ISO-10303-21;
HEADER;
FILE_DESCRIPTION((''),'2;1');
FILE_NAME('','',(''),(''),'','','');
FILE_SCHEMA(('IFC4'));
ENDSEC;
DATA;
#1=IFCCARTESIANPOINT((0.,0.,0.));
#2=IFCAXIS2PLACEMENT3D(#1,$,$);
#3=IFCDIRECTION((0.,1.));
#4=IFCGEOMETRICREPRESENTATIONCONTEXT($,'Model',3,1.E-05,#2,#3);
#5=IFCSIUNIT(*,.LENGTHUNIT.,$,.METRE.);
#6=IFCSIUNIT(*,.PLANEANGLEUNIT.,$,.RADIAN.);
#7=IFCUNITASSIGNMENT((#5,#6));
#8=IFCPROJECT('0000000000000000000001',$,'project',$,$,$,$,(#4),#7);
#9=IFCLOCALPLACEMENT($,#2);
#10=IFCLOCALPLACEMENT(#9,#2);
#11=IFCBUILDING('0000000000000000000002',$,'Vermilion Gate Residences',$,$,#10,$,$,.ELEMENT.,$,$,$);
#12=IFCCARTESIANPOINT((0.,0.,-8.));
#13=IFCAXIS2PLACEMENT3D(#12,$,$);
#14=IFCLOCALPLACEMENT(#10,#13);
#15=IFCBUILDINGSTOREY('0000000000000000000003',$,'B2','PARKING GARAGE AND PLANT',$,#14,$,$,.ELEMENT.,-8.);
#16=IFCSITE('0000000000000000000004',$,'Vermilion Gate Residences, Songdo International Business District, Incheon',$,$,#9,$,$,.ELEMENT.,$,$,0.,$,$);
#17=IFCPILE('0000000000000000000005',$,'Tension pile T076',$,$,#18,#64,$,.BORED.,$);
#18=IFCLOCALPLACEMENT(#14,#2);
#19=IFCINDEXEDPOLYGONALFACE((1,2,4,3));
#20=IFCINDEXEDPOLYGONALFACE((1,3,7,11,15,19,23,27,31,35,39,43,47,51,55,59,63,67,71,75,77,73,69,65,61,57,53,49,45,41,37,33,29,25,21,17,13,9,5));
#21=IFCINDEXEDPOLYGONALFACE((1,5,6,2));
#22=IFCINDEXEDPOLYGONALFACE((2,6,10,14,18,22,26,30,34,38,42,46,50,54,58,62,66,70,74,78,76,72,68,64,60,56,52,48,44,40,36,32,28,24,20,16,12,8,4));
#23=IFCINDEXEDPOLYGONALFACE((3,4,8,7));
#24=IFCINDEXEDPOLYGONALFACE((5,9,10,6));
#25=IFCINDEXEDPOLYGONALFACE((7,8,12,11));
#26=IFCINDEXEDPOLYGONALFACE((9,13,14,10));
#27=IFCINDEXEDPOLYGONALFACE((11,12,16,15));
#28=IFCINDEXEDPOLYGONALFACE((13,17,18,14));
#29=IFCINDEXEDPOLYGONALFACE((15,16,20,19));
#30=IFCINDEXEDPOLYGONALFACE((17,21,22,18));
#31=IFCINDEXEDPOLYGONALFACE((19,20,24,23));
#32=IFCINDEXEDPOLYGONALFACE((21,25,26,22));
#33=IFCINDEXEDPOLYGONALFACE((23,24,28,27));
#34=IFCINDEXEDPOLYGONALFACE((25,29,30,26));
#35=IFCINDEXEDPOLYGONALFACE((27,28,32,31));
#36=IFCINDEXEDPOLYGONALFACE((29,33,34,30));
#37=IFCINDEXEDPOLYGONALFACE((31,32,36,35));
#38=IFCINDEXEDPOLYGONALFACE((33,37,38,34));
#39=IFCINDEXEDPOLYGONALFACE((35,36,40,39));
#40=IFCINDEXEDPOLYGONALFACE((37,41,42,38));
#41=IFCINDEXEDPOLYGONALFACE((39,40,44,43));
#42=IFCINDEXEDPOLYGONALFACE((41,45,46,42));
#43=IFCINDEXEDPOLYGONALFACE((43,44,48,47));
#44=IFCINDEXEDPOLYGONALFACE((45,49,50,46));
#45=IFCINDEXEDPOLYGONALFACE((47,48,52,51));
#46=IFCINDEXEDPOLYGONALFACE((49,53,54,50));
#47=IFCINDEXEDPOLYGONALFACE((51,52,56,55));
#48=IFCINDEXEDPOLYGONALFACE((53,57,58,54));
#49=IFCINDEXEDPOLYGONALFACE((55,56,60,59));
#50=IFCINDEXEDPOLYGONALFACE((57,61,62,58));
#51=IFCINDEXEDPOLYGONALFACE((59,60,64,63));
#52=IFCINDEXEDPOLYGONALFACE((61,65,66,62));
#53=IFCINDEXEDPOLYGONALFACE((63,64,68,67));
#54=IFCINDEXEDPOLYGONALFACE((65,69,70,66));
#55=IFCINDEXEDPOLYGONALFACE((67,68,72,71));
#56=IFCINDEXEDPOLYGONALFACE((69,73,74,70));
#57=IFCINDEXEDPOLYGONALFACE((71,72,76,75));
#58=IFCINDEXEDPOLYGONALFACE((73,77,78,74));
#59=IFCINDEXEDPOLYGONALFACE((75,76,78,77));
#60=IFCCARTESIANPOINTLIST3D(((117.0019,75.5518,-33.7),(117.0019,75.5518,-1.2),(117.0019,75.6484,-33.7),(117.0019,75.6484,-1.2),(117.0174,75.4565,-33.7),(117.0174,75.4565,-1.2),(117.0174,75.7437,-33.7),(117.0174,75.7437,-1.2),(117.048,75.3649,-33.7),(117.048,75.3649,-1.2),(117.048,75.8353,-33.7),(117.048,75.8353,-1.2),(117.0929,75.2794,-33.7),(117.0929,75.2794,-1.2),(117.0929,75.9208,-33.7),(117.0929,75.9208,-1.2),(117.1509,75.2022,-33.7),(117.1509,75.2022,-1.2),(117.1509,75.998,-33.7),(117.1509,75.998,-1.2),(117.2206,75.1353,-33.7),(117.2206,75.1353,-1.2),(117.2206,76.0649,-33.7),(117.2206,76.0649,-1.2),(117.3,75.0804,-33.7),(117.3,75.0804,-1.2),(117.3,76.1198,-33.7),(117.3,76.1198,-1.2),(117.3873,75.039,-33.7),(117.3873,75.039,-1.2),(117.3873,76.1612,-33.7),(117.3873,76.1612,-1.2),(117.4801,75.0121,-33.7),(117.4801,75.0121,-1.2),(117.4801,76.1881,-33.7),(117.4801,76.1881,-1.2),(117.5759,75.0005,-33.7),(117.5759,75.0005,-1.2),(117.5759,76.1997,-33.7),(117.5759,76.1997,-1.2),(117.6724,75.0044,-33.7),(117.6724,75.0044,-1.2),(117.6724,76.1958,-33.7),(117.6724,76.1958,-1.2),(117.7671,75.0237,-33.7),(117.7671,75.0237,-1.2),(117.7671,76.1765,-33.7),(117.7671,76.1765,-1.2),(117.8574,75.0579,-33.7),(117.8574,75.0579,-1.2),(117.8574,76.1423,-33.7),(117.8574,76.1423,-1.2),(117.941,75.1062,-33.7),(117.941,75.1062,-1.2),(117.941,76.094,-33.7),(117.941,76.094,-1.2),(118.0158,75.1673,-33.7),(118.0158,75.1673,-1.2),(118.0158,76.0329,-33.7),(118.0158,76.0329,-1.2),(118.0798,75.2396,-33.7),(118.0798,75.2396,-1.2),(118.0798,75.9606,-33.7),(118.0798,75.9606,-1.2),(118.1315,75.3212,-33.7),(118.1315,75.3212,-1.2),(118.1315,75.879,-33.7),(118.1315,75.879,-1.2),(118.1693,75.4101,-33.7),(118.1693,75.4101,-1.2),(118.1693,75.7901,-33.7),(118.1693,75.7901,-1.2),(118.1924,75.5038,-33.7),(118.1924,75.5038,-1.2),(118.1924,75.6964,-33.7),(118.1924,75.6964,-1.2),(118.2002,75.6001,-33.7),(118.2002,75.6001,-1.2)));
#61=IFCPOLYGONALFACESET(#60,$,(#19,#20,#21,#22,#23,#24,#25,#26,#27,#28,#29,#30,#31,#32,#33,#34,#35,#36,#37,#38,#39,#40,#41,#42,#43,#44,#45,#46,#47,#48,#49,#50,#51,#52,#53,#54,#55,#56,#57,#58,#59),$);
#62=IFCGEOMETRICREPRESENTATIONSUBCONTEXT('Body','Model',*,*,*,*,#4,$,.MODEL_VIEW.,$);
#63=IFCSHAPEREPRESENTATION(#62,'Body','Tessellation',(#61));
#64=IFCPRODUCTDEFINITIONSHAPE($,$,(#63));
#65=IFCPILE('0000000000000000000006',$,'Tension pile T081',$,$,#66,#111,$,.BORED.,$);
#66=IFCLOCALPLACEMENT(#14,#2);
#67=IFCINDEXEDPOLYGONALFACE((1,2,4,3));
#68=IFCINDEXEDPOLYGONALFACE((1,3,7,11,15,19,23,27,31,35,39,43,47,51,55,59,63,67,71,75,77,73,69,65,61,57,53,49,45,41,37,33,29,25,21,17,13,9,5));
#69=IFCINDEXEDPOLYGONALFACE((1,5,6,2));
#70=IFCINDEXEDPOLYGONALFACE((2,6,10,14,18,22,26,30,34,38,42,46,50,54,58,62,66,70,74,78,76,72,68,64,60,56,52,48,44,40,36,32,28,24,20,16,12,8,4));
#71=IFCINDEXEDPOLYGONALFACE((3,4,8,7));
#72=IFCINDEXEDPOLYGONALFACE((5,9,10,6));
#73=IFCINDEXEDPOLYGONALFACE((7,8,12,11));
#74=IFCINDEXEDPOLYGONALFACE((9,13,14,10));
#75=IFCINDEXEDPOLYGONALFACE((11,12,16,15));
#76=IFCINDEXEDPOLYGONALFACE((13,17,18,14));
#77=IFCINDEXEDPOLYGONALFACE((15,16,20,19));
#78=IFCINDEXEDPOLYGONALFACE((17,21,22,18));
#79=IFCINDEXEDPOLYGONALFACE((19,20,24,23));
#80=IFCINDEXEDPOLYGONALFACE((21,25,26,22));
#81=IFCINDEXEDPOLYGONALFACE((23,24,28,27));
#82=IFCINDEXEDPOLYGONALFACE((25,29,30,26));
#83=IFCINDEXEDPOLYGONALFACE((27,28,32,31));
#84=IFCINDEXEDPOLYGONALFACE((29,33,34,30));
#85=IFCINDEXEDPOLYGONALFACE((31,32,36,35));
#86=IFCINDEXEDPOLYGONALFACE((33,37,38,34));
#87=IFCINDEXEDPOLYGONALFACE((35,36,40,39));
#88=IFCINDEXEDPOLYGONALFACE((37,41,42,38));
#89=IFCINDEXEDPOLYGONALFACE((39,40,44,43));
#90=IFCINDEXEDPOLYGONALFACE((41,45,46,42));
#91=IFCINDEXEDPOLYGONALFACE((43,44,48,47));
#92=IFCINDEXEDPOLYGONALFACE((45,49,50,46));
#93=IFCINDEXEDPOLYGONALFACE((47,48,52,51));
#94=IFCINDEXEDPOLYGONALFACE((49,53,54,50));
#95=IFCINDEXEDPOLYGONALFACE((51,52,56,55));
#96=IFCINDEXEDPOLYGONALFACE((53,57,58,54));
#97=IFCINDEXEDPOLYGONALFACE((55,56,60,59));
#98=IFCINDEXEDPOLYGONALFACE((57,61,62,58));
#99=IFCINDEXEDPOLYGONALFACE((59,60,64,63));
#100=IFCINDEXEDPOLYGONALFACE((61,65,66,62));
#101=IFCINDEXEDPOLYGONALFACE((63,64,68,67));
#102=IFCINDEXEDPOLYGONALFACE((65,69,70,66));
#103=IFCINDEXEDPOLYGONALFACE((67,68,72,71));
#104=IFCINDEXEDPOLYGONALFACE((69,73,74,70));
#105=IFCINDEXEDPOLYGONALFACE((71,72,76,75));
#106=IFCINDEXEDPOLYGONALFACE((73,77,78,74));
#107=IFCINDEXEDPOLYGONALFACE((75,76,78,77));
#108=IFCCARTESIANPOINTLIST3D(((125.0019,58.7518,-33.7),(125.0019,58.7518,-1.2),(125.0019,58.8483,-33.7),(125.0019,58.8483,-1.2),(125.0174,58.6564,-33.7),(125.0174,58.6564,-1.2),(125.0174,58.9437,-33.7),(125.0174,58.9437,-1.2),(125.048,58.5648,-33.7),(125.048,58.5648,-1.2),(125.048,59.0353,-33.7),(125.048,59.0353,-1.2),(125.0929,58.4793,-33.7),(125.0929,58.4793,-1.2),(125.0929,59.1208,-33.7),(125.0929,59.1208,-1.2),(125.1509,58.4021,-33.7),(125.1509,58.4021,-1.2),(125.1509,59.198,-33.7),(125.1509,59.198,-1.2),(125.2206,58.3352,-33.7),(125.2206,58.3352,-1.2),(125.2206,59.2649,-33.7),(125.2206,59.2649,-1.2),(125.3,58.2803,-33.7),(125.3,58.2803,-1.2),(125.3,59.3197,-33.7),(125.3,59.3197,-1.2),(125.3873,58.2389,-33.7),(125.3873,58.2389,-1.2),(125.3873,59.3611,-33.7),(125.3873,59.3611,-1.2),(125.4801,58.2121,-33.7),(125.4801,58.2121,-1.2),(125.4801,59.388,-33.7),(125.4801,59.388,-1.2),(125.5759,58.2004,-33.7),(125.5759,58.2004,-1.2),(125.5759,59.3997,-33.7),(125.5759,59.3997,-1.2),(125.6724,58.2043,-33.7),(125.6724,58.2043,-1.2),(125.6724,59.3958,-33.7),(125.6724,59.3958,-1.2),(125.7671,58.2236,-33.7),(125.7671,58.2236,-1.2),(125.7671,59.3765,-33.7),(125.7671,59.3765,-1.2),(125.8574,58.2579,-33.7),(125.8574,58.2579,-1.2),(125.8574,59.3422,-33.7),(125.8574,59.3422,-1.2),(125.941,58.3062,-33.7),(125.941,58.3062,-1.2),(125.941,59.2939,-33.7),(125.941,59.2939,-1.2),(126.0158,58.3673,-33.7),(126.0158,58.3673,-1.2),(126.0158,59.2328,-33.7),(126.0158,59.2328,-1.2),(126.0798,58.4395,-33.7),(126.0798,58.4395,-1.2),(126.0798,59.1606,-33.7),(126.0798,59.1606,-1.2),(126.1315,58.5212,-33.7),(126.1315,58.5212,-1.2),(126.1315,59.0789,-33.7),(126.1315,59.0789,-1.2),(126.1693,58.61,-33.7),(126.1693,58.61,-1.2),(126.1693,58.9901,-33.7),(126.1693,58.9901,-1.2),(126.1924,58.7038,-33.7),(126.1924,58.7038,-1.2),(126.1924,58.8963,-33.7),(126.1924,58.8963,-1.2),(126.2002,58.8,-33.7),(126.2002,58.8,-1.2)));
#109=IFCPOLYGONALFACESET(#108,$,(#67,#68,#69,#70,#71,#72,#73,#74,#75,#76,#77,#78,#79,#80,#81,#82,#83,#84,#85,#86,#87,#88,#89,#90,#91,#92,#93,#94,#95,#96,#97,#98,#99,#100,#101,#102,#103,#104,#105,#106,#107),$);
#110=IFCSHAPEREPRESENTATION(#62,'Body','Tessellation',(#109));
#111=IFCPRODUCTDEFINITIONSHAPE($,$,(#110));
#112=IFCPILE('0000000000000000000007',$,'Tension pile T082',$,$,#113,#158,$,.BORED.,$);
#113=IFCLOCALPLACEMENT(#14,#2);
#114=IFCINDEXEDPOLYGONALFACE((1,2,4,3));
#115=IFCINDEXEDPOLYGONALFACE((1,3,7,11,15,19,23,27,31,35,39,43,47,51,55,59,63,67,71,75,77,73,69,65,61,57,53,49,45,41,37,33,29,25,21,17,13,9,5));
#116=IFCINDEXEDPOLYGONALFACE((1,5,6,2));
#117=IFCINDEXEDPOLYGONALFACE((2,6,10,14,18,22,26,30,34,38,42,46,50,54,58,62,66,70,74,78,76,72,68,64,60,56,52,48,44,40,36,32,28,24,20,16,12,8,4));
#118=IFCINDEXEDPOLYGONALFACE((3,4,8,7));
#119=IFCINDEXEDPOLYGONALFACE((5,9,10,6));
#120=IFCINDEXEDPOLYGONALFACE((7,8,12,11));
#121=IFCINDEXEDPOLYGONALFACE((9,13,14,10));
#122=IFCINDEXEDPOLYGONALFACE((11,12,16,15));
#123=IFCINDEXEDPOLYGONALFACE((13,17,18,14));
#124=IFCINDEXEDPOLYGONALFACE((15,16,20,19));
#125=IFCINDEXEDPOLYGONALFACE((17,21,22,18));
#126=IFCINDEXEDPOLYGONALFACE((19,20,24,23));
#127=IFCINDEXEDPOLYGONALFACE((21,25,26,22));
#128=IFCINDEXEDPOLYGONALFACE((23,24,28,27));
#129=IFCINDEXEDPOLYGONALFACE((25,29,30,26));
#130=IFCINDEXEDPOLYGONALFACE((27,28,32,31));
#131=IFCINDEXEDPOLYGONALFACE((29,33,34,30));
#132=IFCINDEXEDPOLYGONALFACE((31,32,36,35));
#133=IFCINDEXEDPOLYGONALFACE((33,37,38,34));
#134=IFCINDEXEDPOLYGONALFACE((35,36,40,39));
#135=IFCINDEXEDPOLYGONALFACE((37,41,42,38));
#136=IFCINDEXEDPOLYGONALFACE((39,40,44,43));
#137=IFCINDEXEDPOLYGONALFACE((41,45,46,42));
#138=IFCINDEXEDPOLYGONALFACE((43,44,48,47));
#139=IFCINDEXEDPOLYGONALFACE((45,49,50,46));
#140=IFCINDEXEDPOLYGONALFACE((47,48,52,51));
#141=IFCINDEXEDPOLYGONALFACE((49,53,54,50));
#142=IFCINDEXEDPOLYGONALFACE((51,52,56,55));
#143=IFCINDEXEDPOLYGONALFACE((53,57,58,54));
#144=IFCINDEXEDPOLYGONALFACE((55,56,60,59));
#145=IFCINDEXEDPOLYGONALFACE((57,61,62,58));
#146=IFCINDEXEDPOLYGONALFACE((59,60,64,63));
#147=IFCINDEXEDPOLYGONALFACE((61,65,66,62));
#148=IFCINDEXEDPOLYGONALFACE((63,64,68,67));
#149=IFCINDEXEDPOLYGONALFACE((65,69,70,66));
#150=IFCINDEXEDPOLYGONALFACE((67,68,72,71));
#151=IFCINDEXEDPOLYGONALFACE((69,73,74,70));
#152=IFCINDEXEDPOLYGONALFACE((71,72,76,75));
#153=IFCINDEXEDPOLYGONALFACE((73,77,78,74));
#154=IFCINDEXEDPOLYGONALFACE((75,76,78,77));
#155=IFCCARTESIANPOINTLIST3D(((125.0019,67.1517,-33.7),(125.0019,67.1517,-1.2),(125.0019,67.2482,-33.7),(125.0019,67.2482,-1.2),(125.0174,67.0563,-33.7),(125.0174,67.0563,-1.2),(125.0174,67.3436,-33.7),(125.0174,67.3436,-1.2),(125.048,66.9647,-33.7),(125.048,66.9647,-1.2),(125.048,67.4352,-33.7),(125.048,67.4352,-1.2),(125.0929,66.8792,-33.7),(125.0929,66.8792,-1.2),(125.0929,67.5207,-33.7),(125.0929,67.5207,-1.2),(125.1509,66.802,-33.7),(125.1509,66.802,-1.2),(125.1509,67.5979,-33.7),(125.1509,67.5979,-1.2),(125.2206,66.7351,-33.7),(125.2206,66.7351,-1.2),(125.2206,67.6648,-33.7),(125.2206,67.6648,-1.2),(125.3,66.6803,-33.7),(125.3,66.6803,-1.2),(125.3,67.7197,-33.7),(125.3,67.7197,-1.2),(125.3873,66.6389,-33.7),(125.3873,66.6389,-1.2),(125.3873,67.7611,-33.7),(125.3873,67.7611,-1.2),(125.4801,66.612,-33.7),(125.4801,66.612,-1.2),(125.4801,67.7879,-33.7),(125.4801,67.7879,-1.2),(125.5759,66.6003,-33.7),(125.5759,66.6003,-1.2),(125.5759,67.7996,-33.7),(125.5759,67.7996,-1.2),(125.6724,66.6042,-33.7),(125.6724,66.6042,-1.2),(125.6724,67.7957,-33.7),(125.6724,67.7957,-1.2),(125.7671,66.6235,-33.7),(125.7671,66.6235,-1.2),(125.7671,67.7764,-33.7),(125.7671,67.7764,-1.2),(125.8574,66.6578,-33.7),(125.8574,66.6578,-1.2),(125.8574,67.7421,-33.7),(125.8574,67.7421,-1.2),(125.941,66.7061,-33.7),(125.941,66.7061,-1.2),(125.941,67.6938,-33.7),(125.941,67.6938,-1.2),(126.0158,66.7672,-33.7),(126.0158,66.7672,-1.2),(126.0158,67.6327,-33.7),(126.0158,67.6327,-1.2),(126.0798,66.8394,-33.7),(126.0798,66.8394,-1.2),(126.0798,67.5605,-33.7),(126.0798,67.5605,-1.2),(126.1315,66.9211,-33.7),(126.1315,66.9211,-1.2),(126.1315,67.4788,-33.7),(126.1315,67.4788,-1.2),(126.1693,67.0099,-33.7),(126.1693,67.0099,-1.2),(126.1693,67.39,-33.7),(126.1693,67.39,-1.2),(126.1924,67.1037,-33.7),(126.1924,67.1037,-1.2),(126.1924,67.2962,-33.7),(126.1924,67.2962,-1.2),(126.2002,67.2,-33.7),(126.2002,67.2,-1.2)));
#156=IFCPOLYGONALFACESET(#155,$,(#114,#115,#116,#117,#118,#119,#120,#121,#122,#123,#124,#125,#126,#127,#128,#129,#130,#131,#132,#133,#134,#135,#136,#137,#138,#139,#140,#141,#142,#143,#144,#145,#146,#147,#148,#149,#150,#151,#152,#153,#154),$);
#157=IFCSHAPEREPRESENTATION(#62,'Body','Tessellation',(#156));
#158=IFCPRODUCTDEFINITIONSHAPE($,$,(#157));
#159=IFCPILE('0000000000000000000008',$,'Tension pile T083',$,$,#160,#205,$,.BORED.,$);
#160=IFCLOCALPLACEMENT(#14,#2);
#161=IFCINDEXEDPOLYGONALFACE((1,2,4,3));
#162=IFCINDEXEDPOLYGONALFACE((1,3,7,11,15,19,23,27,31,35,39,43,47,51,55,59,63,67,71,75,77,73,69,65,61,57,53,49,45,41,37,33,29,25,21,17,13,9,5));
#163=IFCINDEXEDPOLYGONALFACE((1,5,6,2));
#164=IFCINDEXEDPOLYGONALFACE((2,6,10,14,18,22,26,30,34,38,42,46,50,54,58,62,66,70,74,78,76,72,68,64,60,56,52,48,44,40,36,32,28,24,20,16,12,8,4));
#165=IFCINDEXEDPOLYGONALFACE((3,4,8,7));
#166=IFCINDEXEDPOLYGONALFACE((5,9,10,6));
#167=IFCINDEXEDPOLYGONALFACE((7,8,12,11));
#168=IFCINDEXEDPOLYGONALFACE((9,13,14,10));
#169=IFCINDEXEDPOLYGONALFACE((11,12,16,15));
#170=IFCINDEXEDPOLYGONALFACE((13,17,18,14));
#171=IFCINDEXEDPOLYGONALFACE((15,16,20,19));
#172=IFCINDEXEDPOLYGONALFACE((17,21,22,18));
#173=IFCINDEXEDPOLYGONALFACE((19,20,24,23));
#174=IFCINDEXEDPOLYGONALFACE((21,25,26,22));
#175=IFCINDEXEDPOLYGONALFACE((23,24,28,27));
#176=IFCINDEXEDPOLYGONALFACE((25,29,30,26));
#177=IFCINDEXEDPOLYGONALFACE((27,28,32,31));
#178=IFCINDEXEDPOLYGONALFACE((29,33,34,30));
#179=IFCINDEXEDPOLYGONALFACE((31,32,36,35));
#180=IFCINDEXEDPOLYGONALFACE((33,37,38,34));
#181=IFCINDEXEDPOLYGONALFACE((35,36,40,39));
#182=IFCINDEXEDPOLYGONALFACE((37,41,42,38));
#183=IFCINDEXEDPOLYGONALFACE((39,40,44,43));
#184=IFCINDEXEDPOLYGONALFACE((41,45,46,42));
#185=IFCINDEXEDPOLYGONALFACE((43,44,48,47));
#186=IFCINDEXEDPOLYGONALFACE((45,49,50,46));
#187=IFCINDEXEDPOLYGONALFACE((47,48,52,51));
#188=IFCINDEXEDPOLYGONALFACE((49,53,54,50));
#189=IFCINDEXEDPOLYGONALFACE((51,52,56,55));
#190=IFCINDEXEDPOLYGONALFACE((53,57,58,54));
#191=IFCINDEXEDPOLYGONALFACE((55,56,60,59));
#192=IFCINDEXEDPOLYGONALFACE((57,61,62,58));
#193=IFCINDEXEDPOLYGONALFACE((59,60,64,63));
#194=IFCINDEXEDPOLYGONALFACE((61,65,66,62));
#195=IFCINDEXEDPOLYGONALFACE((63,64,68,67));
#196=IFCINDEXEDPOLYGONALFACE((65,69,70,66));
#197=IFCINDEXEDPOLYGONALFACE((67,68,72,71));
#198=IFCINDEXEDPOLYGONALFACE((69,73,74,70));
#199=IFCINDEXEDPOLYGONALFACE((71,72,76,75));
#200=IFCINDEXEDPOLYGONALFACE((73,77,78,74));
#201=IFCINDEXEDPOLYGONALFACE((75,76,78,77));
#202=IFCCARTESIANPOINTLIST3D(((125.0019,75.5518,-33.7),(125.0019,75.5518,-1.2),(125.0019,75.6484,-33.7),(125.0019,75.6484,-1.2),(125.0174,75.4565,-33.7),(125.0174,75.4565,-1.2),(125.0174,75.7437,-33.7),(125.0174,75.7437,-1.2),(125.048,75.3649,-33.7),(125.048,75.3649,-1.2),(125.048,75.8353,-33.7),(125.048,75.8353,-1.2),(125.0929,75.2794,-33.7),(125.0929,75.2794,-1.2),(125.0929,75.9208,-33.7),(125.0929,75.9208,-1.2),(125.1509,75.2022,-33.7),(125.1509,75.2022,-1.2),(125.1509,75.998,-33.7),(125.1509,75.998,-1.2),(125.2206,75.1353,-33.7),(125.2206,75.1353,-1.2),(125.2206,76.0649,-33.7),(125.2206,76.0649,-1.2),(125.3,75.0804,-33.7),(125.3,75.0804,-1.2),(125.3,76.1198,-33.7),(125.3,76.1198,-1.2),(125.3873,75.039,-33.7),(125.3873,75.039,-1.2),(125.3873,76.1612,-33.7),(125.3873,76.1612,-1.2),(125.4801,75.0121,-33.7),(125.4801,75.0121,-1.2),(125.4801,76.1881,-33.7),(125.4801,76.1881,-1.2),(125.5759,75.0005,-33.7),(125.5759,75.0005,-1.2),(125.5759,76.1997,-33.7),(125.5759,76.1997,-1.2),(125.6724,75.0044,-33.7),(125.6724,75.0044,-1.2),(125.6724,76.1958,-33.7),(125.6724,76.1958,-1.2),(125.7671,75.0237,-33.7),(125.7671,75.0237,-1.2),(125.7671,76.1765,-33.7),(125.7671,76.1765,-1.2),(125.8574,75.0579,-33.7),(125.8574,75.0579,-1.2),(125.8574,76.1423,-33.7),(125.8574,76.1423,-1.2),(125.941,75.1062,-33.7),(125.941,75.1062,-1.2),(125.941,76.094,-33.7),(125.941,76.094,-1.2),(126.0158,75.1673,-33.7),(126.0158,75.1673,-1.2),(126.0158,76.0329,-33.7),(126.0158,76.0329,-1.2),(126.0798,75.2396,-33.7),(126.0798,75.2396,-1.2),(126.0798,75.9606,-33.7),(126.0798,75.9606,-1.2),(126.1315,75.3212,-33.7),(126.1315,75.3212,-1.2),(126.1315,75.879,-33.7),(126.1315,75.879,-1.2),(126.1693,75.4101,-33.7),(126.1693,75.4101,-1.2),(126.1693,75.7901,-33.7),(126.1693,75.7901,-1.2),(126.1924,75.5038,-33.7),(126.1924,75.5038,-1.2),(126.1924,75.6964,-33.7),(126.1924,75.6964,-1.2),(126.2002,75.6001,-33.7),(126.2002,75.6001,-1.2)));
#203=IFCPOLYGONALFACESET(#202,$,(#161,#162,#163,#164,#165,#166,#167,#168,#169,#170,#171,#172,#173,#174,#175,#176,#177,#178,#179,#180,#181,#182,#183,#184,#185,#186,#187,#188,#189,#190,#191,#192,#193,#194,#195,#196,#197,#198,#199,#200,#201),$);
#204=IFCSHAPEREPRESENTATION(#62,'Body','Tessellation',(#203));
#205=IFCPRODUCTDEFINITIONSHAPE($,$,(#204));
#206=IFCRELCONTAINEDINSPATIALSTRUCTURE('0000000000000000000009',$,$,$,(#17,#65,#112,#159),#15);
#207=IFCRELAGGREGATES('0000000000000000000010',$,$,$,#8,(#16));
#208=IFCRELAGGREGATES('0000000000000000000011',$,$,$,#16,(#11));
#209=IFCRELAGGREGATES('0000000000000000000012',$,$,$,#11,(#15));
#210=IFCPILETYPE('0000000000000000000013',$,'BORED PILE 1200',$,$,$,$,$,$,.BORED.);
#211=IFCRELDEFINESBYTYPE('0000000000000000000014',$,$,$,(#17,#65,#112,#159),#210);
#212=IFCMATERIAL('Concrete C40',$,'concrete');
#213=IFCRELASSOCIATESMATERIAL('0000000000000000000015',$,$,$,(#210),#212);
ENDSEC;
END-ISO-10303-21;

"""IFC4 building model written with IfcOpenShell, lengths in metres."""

from ifc_helpers import new_model, si_unit, direction, frame, origin, origin_2d, place, context, subcontext, project, spatial, circle, extrude, material, material_profile, profile_set, type_object, element, save


model = new_model("IFC4")

# Units and contexts
model_context = context("Model", 3, precision=1e-05, world=origin(), true_north=direction((0.0, 1.0)))
body_context = subcontext(model_context, "Body", "Model", "MODEL_VIEW")
ifc_project = project(units=[si_unit("LENGTHUNIT", "METRE"), si_unit("PLANEANGLEUNIT", "RADIAN")], contexts=[model_context])

# Site, building, storey
site_placement = place(None, origin())
site = spatial("IfcSite", under=ifc_project, at=site_placement, Name="Vermilion Gate Residences, Songdo International Business District, Incheon", CompositionType="ELEMENT", RefElevation=0.0)
building_placement = place(site_placement, origin())
building = spatial("IfcBuilding", under=site, at=building_placement, Name="Vermilion Gate Residences", CompositionType="ELEMENT")
storey_placement = place(building_placement, frame((0.0, 0.0, -8.0)))
storey = spatial("IfcBuildingStorey", under=building, at=storey_placement, Name="B2", Description="PARKING GARAGE AND PLANT", CompositionType="ELEMENT", Elevation=-8.0)

# Piles
ifc_material_1 = material(Name="Concrete C40", Category="concrete")
ifc_material_profile_1 = material_profile(ifc_material_1, circle(Radius=0.6001, at=origin_2d()), Name="BORED PILE 1200")
ifc_profile_set_1 = profile_set([ifc_material_profile_1], Name="Concrete C40")
pile_type = type_object("IfcPileType", Name="BORED PILE 1200", PredefinedType="BORED", material=ifc_profile_set_1)
for number, where, z_axis, x_axis, name in (
    (1, (117.6001, 75.6001, -1.2), (0.0, 0.0, -1.0), (1.0, 0.0, 0.0), "Tension pile T076"),
    (2, (125.6001, 58.8, -1.2), (0.0, 0.0, -1.0), (1.0, 0.0, 0.0), "Tension pile T081"),
    (3, (125.6001, 67.2, -1.2), (0.0, 0.0, -1.0), (1.0, 0.0, 0.0), "Tension pile T082"),
    (4, (125.6001, 75.6001, -1.2), (0.0, 0.0, -1.0), (1.0, 0.0, 0.0), "Tension pile T083"),
):
    element("IfcPile", number, at=place(storey_placement, frame(where, z_axis=z_axis, x_axis=x_axis)), inside=storey, type_object=pile_type, Name=name, PredefinedType="BORED", context=body_context, shape_type="SweptSolid", body=[
        extrude(circle(Radius=0.6001, at=origin_2d()), origin(), (0.0, 0.0, 1.0), 32.5),
    ])

save(model, "model.ifc")
